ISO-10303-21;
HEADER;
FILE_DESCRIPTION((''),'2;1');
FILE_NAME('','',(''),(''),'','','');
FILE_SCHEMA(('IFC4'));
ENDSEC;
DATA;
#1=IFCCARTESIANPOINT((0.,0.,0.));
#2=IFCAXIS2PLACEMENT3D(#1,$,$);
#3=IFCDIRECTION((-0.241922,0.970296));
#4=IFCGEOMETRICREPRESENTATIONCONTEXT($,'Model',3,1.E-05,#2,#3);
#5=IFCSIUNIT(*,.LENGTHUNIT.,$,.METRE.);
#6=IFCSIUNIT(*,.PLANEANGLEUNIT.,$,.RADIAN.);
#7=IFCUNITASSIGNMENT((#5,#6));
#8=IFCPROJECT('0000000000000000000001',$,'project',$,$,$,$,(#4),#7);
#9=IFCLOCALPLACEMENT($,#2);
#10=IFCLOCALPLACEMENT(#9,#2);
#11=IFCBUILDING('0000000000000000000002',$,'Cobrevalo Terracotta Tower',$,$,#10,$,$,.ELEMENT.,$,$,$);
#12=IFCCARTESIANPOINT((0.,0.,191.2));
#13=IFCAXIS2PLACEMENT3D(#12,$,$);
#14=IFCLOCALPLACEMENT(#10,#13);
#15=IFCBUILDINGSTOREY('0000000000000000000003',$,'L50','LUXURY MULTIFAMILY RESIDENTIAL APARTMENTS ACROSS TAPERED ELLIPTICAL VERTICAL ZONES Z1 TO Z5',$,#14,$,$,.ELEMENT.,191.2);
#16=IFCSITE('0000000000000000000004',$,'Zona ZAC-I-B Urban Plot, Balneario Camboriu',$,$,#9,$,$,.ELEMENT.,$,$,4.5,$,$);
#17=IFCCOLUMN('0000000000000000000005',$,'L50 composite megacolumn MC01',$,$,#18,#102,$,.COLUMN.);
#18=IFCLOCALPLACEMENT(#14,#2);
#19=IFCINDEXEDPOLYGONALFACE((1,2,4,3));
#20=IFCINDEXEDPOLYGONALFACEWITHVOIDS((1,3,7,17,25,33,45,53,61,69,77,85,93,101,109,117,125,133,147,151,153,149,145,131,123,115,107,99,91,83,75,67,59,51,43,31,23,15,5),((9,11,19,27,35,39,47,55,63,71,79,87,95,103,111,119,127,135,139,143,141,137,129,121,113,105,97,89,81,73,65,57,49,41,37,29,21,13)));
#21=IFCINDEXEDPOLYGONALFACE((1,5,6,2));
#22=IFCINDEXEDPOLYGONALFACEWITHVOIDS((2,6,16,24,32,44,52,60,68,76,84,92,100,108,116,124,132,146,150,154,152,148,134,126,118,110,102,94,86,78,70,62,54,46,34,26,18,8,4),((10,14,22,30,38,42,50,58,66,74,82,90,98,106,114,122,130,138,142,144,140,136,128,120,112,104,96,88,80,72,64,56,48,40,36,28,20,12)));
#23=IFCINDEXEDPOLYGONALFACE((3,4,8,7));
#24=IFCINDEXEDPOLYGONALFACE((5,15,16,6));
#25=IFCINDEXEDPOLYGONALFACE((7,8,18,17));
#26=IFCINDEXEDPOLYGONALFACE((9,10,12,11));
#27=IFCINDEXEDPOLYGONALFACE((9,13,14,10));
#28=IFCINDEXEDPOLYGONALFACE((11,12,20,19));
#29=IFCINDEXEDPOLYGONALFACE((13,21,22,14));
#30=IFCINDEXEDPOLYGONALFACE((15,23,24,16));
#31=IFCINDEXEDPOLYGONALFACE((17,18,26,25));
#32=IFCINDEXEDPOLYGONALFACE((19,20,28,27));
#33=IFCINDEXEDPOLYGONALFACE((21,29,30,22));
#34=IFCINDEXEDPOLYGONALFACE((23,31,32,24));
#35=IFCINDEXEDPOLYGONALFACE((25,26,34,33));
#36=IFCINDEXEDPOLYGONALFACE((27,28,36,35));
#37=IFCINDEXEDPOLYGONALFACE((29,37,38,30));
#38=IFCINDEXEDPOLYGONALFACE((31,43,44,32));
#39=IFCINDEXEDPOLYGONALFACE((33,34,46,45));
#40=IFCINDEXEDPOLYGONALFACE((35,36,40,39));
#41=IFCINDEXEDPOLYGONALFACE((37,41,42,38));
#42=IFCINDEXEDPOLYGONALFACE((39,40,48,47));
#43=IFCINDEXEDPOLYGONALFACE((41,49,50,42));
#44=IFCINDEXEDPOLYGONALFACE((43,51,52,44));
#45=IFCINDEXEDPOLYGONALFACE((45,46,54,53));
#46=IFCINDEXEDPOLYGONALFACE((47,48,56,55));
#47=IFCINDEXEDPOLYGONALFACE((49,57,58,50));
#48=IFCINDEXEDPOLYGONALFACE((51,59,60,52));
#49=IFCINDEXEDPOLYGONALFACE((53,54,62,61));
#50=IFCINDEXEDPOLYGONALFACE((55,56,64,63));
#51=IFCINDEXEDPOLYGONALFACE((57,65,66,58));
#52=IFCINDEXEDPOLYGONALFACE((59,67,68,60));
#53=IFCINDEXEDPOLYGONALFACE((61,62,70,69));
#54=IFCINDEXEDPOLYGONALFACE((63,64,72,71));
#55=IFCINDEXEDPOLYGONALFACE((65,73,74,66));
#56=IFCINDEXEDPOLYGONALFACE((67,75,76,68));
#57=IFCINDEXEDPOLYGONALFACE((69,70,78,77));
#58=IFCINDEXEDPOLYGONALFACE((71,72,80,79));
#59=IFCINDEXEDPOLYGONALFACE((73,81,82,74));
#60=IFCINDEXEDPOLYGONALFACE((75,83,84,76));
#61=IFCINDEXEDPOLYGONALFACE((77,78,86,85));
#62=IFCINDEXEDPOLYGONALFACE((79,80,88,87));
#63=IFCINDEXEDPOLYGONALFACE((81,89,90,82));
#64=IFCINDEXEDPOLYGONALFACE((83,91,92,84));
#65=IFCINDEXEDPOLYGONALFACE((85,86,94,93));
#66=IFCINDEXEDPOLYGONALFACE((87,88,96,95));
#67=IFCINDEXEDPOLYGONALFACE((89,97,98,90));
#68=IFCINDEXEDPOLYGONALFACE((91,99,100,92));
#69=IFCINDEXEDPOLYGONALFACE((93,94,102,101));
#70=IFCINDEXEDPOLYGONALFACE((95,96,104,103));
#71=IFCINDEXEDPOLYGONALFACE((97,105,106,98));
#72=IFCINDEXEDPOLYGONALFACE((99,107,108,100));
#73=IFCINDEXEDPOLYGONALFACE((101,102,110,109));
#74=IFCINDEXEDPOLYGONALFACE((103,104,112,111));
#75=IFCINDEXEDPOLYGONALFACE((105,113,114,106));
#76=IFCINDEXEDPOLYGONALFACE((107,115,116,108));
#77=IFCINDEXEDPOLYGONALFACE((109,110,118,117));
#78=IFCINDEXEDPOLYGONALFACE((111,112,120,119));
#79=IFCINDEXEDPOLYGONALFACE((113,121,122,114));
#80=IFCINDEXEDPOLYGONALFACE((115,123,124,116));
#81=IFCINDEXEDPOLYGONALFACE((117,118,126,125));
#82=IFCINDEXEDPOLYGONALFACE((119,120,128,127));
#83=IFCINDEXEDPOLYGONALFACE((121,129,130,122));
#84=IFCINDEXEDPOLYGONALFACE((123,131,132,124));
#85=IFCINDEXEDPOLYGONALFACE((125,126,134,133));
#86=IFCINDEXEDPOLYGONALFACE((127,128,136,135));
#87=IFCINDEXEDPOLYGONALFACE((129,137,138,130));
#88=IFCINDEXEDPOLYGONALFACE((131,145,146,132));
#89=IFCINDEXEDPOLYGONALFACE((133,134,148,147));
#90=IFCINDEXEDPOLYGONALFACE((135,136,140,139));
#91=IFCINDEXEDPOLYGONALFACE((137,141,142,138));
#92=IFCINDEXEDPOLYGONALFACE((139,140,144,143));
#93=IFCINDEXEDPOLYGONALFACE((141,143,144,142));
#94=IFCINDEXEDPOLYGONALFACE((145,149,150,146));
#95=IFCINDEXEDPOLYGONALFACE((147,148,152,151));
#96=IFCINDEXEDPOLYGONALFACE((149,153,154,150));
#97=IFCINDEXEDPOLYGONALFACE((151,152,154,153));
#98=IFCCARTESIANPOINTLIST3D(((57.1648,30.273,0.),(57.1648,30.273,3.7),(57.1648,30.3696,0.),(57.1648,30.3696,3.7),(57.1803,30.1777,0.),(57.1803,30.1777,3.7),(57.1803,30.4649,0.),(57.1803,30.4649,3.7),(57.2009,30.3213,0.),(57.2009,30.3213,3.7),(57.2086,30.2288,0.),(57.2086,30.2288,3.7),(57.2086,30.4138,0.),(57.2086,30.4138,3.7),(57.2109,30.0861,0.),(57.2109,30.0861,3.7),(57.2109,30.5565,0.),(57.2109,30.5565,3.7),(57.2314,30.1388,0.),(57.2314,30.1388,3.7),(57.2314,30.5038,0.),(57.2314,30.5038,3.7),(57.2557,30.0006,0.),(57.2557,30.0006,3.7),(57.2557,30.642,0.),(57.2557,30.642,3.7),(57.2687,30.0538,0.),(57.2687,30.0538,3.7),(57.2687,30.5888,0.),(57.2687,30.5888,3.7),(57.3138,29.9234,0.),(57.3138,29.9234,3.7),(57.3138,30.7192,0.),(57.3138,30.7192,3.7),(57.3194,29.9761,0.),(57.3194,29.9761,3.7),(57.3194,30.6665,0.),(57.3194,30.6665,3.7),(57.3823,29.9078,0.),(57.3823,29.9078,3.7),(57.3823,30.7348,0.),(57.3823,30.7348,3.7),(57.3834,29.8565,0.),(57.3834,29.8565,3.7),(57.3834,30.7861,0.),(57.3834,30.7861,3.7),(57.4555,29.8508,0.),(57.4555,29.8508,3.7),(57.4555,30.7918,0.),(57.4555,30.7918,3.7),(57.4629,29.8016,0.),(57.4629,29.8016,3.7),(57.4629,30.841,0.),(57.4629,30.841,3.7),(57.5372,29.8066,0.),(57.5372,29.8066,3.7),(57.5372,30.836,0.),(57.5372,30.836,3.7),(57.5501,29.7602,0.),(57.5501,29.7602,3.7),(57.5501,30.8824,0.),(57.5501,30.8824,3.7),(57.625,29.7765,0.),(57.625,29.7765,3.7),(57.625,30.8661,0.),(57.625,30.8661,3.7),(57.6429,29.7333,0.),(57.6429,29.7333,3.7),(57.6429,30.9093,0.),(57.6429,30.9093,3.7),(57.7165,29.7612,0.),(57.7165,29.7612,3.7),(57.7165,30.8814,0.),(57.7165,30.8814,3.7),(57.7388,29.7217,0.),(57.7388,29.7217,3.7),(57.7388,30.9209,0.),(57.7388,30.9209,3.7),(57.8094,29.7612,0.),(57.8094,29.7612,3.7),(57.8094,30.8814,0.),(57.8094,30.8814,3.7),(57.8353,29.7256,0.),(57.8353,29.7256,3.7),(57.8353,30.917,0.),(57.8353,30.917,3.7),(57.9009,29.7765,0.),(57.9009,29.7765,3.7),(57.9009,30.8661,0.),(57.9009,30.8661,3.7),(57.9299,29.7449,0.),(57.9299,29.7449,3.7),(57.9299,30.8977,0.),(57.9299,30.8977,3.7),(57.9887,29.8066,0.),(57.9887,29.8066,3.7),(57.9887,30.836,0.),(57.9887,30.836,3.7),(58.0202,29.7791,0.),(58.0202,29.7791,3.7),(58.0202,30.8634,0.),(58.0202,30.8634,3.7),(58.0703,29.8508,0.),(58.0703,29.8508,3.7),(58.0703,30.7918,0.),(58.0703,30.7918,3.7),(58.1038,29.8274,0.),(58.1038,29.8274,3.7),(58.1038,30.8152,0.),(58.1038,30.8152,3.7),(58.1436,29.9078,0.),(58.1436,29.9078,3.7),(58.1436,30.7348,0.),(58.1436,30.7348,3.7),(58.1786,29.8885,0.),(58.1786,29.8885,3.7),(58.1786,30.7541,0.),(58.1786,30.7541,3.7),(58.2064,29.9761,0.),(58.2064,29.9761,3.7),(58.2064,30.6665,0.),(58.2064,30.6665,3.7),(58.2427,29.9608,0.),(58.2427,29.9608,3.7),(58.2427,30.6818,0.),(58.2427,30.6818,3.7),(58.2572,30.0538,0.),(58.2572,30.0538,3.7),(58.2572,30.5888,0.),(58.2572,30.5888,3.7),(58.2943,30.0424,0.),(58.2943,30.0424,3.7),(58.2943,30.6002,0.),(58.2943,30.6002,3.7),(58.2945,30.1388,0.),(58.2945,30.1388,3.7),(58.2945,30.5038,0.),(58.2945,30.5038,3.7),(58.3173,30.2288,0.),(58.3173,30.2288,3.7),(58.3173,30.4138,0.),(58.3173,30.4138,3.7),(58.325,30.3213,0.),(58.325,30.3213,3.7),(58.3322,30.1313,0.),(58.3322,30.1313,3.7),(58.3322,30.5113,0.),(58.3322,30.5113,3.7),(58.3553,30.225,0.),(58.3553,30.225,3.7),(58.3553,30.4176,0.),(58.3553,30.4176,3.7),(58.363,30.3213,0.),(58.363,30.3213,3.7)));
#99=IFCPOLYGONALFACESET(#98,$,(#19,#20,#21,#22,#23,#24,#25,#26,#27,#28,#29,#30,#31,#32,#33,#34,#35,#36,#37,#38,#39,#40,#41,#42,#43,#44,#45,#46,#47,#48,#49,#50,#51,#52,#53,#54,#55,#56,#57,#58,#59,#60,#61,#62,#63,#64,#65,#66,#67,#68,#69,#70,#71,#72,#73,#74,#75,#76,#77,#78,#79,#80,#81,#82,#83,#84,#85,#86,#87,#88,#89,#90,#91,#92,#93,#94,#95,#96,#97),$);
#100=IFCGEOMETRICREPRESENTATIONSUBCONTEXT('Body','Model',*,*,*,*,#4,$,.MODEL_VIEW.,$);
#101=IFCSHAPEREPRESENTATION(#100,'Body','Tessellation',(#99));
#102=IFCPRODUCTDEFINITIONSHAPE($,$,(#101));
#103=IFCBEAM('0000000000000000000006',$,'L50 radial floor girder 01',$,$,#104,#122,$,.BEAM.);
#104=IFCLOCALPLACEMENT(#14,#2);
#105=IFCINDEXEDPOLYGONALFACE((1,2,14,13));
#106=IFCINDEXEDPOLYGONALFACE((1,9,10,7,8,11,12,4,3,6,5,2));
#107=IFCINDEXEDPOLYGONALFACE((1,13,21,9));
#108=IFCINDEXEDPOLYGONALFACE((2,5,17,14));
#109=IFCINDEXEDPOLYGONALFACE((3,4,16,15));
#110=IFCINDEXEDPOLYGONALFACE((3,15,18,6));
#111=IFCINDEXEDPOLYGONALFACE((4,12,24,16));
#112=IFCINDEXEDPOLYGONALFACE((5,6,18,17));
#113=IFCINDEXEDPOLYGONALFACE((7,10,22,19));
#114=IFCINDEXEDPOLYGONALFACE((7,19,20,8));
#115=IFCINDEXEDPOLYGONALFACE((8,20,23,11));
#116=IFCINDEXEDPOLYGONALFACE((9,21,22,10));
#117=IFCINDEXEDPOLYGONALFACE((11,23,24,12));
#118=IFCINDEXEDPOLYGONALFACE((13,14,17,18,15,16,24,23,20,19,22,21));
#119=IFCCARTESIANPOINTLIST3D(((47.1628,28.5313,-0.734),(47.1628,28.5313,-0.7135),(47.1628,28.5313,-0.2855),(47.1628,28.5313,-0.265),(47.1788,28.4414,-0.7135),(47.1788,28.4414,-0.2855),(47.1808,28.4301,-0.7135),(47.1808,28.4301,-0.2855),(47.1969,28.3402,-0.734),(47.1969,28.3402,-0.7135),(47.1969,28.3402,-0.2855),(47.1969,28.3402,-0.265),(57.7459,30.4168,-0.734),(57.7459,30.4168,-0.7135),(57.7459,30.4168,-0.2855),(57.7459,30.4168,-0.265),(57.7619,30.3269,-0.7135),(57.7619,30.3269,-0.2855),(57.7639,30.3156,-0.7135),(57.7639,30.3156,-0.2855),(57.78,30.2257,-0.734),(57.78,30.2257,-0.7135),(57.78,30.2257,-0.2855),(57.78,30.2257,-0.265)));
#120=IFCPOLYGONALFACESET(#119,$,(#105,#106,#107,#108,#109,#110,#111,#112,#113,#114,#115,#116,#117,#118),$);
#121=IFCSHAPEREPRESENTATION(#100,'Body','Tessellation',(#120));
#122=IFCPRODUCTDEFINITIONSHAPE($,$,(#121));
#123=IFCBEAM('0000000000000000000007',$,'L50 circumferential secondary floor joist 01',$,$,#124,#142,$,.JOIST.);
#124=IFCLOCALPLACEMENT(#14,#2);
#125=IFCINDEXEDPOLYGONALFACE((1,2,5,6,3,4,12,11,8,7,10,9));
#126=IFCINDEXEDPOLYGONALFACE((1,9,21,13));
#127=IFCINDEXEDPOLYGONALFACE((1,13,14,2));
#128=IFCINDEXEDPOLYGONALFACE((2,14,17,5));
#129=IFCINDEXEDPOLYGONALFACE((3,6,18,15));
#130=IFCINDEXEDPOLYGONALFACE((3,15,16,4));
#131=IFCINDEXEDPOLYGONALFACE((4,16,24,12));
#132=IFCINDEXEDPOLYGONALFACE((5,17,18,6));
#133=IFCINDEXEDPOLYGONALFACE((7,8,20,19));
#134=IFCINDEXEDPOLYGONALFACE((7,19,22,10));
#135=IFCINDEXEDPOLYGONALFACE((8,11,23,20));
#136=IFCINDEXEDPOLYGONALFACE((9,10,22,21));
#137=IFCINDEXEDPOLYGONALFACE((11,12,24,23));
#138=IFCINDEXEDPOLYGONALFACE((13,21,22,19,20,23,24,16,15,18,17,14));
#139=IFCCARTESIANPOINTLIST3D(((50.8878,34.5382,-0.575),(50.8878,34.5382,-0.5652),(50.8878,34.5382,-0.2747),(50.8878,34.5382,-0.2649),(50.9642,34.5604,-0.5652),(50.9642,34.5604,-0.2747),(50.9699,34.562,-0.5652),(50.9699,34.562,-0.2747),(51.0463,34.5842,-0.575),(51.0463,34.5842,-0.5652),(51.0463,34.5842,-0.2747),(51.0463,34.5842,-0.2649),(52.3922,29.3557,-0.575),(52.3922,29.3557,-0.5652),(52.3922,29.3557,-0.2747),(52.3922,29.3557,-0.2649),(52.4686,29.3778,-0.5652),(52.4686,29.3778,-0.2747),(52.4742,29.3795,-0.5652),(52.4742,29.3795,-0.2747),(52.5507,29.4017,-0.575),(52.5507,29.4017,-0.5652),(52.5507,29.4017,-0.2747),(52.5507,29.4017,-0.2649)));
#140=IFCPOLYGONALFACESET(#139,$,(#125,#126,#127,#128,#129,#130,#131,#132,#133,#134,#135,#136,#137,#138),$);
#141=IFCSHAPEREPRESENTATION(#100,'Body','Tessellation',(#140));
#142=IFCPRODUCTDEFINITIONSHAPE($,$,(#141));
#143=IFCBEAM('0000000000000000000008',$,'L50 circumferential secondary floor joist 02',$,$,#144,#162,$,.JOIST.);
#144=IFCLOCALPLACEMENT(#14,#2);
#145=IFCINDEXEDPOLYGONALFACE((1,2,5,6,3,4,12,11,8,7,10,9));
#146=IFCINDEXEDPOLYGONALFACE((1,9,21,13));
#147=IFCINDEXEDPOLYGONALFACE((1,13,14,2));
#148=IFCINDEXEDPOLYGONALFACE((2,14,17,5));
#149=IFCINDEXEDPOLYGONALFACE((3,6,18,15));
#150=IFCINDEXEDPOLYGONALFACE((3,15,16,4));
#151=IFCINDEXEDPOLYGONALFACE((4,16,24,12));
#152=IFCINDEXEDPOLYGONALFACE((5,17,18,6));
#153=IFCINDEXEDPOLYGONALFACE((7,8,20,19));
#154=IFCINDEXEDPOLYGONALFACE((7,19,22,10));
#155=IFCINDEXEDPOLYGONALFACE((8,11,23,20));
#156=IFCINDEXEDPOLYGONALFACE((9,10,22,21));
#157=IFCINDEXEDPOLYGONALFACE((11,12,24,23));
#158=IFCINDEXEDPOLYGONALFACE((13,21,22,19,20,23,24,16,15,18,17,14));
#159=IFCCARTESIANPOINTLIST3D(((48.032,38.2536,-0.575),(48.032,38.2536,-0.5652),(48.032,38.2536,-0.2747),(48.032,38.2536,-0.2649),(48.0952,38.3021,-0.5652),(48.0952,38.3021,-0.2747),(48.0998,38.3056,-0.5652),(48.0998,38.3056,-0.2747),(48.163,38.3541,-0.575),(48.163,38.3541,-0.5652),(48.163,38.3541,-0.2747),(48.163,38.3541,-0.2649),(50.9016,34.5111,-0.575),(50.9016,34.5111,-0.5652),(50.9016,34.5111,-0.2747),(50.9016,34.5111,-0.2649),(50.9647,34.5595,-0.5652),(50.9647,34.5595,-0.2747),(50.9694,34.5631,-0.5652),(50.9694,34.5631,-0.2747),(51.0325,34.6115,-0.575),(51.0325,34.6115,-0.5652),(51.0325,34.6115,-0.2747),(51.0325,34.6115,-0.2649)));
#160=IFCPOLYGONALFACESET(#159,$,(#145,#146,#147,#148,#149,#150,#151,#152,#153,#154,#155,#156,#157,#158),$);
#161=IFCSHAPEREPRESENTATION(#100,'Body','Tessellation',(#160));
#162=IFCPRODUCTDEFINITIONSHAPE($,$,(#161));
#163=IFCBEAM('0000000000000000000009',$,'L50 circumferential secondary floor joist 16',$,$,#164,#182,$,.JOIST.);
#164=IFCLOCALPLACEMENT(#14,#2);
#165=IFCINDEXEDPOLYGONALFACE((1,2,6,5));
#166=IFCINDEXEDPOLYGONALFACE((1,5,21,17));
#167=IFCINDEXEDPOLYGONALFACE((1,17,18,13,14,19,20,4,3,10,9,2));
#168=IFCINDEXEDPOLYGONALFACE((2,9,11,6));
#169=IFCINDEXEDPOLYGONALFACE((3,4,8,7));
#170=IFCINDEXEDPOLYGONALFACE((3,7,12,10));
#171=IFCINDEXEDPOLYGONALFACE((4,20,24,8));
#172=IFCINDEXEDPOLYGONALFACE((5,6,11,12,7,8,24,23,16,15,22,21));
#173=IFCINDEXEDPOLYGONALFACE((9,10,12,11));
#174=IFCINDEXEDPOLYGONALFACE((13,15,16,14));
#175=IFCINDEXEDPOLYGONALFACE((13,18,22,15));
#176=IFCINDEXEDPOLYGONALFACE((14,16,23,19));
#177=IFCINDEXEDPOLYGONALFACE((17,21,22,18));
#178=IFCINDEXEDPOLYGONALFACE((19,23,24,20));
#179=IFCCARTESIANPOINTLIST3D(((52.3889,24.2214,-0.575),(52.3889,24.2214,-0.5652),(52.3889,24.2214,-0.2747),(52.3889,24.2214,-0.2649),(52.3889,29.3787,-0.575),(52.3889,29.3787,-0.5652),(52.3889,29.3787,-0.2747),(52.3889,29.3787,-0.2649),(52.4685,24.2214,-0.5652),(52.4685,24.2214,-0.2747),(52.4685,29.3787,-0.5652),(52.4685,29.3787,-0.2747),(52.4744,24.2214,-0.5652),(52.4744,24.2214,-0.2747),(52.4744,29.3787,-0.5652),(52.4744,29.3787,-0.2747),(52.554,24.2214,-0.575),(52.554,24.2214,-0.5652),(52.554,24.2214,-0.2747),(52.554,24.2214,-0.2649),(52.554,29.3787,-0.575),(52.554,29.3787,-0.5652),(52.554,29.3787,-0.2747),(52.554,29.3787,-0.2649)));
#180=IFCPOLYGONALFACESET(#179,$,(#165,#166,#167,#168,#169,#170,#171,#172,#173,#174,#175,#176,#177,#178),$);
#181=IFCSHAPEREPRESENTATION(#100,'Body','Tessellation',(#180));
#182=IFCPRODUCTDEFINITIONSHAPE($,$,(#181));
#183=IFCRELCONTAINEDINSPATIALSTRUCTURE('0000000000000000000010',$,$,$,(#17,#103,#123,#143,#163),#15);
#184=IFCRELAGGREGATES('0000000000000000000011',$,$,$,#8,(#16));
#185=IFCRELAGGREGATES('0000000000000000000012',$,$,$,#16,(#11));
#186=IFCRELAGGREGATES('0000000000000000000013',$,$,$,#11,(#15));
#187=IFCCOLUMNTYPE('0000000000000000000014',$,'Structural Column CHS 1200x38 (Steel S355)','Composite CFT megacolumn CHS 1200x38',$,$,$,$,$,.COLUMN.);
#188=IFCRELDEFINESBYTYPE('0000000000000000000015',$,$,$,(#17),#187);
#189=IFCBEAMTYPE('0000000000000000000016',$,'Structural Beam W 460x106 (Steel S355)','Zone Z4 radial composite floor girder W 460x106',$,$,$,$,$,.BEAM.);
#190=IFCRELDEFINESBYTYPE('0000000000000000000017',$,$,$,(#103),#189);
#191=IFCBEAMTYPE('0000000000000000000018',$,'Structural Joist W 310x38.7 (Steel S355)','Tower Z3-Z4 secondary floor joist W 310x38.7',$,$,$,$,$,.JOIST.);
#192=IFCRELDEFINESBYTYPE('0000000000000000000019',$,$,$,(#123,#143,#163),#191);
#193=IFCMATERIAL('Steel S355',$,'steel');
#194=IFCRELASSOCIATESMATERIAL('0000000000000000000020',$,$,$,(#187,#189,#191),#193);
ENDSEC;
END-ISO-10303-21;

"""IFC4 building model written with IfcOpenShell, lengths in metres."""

from ifc_helpers import new_model, si_unit, direction, frame, origin, origin_2d, place, context, subcontext, project, spatial, hollow_circle, i_section, extrude, material, material_profile, profile_set, type_object, element, save


model = new_model("IFC4")

# Units and contexts
model_context = context("Model", 3, precision=1e-05, world=origin(), true_north=direction((-0.241922, 0.970296)))
body_context = subcontext(model_context, "Body", "Model", "MODEL_VIEW")
ifc_project = project(units=[si_unit("LENGTHUNIT", "METRE"), si_unit("PLANEANGLEUNIT", "RADIAN")], contexts=[model_context])

# Site, building, storey
site_placement = place(None, origin())
site = spatial("IfcSite", under=ifc_project, at=site_placement, Name="Zona ZAC-I-B Urban Plot, Balneario Camboriu", CompositionType="ELEMENT", RefElevation=4.5)
building_placement = place(site_placement, origin())
building = spatial("IfcBuilding", under=site, at=building_placement, Name="Cobrevalo Terracotta Tower", CompositionType="ELEMENT")
storey_placement = place(building_placement, frame((0.0, 0.0, 191.2)))
storey = spatial("IfcBuildingStorey", under=building, at=storey_placement, Name="L50", Description="LUXURY MULTIFAMILY RESIDENTIAL APARTMENTS ACROSS TAPERED ELLIPTICAL VERTICAL ZONES Z1 TO Z5", CompositionType="ELEMENT", Elevation=191.2)

# Column
ifc_material_1 = material(Name="Steel S355", Category="steel")
ifc_material_profile_1 = material_profile(ifc_material_1, hollow_circle(Radius=0.6001, WallThickness=0.0381, at=origin_2d()), Name="CHS 1200x38")
ifc_profile_set_1 = profile_set([ifc_material_profile_1], Name="Steel S355")
column_type = type_object("IfcColumnType", Name="Structural Column CHS 1200x38 (Steel S355)", Description="Composite CFT megacolumn CHS 1200x38", PredefinedType="COLUMN", material=ifc_profile_set_1)
column_placement = place(storey_placement, frame((57.7629, 30.3213, 0.0), z_axis=(0.0, 0.0, 1.0), x_axis=(1.0, 0.0, 0.0)))
element("IfcColumn", 1, at=column_placement, inside=storey, type_object=column_type, Name="L50 composite megacolumn MC01", PredefinedType="COLUMN", context=body_context, shape_type="SweptSolid", body=[
    extrude(hollow_circle(Radius=0.6001, WallThickness=0.0381, at=origin_2d()), origin(), (0.0, 0.0, 1.0), 3.7),
])

# Beams
ifc_material_profile_2 = material_profile(ifc_material_1, i_section(OverallWidth=0.1941, OverallDepth=0.469, WebThickness=0.0115, FlangeThickness=0.0205, at=origin_2d()), Name="W 460x106")
ifc_profile_set_2 = profile_set([ifc_material_profile_2], Name="Steel S355")
beam_type_1 = type_object("IfcBeamType", Name="Structural Beam W 460x106 (Steel S355)", Description="Zone Z4 radial composite floor girder W 460x106", PredefinedType="BEAM", material=ifc_profile_set_2)
beam_1_placement = place(storey_placement, frame((57.7629, 30.3213, -0.4995), z_axis=(-0.984497, -0.175401, 0.0), x_axis=(0.175401, -0.984497, 0.0)))
element("IfcBeam", 2, at=beam_1_placement, inside=storey, type_object=beam_type_1, Name="L50 radial floor girder 01", PredefinedType="BEAM", context=body_context, shape_type="SweptSolid", body=[
    extrude(i_section(OverallWidth=0.1941, OverallDepth=0.469, WebThickness=0.0115, FlangeThickness=0.0205, at=origin_2d()), origin(), (0.0, 0.0, 1.0), 10.7498),
])
ifc_material_profile_3 = material_profile(ifc_material_1, i_section(OverallWidth=0.165, OverallDepth=0.3101, WebThickness=0.0059, FlangeThickness=0.0098, at=origin_2d()), Name="W 310x38.7")
ifc_profile_set_3 = profile_set([ifc_material_profile_3], Name="Steel S355")
beam_type_2 = type_object("IfcBeamType", Name="Structural Joist W 310x38.7 (Steel S355)", Description="Tower Z3-Z4 secondary floor joist W 310x38.7", PredefinedType="JOIST", material=ifc_profile_set_3)
beam_2_placement = place(storey_placement, frame((52.4714, 29.3787, -0.4199), z_axis=(-0.27877, 0.960358, 0.0), x_axis=(-0.960358, -0.27877, 0.0)))
element("IfcBeam", 3, at=beam_2_placement, inside=storey, type_object=beam_type_2, Name="L50 circumferential secondary floor joist 01", PredefinedType="JOIST", context=body_context, shape_type="SweptSolid", body=[
    extrude(i_section(OverallWidth=0.165, OverallDepth=0.3101, WebThickness=0.0059, FlangeThickness=0.0098, at=origin_2d()), origin(), (0.0, 0.0, 1.0), 5.3965),
])
beam_3_placement = place(storey_placement, frame((50.967, 34.5613, -0.4199), z_axis=(-0.608464, 0.793581, 0.0), x_axis=(-0.793581, -0.608464, 0.0)))
element("IfcBeam", 4, at=beam_3_placement, inside=storey, type_object=beam_type_2, Name="L50 circumferential secondary floor joist 02", PredefinedType="JOIST", context=body_context, shape_type="SweptSolid", body=[
    extrude(i_section(OverallWidth=0.165, OverallDepth=0.3101, WebThickness=0.0059, FlangeThickness=0.0098, at=origin_2d()), origin(), (0.0, 0.0, 1.0), 4.7161),
])
beam_4_placement = place(storey_placement, frame((52.4714, 24.2214, -0.4199), z_axis=(0.0, 1.0, 0.0), x_axis=(-1.0, 0.0, 0.0)))
element("IfcBeam", 5, at=beam_4_placement, inside=storey, type_object=beam_type_2, Name="L50 circumferential secondary floor joist 16", PredefinedType="JOIST", context=body_context, shape_type="SweptSolid", body=[
    extrude(i_section(OverallWidth=0.165, OverallDepth=0.3101, WebThickness=0.0059, FlangeThickness=0.0098, at=origin_2d()), origin(), (0.0, 0.0, 1.0), 5.1572),
])

save(model, "model.ifc")
